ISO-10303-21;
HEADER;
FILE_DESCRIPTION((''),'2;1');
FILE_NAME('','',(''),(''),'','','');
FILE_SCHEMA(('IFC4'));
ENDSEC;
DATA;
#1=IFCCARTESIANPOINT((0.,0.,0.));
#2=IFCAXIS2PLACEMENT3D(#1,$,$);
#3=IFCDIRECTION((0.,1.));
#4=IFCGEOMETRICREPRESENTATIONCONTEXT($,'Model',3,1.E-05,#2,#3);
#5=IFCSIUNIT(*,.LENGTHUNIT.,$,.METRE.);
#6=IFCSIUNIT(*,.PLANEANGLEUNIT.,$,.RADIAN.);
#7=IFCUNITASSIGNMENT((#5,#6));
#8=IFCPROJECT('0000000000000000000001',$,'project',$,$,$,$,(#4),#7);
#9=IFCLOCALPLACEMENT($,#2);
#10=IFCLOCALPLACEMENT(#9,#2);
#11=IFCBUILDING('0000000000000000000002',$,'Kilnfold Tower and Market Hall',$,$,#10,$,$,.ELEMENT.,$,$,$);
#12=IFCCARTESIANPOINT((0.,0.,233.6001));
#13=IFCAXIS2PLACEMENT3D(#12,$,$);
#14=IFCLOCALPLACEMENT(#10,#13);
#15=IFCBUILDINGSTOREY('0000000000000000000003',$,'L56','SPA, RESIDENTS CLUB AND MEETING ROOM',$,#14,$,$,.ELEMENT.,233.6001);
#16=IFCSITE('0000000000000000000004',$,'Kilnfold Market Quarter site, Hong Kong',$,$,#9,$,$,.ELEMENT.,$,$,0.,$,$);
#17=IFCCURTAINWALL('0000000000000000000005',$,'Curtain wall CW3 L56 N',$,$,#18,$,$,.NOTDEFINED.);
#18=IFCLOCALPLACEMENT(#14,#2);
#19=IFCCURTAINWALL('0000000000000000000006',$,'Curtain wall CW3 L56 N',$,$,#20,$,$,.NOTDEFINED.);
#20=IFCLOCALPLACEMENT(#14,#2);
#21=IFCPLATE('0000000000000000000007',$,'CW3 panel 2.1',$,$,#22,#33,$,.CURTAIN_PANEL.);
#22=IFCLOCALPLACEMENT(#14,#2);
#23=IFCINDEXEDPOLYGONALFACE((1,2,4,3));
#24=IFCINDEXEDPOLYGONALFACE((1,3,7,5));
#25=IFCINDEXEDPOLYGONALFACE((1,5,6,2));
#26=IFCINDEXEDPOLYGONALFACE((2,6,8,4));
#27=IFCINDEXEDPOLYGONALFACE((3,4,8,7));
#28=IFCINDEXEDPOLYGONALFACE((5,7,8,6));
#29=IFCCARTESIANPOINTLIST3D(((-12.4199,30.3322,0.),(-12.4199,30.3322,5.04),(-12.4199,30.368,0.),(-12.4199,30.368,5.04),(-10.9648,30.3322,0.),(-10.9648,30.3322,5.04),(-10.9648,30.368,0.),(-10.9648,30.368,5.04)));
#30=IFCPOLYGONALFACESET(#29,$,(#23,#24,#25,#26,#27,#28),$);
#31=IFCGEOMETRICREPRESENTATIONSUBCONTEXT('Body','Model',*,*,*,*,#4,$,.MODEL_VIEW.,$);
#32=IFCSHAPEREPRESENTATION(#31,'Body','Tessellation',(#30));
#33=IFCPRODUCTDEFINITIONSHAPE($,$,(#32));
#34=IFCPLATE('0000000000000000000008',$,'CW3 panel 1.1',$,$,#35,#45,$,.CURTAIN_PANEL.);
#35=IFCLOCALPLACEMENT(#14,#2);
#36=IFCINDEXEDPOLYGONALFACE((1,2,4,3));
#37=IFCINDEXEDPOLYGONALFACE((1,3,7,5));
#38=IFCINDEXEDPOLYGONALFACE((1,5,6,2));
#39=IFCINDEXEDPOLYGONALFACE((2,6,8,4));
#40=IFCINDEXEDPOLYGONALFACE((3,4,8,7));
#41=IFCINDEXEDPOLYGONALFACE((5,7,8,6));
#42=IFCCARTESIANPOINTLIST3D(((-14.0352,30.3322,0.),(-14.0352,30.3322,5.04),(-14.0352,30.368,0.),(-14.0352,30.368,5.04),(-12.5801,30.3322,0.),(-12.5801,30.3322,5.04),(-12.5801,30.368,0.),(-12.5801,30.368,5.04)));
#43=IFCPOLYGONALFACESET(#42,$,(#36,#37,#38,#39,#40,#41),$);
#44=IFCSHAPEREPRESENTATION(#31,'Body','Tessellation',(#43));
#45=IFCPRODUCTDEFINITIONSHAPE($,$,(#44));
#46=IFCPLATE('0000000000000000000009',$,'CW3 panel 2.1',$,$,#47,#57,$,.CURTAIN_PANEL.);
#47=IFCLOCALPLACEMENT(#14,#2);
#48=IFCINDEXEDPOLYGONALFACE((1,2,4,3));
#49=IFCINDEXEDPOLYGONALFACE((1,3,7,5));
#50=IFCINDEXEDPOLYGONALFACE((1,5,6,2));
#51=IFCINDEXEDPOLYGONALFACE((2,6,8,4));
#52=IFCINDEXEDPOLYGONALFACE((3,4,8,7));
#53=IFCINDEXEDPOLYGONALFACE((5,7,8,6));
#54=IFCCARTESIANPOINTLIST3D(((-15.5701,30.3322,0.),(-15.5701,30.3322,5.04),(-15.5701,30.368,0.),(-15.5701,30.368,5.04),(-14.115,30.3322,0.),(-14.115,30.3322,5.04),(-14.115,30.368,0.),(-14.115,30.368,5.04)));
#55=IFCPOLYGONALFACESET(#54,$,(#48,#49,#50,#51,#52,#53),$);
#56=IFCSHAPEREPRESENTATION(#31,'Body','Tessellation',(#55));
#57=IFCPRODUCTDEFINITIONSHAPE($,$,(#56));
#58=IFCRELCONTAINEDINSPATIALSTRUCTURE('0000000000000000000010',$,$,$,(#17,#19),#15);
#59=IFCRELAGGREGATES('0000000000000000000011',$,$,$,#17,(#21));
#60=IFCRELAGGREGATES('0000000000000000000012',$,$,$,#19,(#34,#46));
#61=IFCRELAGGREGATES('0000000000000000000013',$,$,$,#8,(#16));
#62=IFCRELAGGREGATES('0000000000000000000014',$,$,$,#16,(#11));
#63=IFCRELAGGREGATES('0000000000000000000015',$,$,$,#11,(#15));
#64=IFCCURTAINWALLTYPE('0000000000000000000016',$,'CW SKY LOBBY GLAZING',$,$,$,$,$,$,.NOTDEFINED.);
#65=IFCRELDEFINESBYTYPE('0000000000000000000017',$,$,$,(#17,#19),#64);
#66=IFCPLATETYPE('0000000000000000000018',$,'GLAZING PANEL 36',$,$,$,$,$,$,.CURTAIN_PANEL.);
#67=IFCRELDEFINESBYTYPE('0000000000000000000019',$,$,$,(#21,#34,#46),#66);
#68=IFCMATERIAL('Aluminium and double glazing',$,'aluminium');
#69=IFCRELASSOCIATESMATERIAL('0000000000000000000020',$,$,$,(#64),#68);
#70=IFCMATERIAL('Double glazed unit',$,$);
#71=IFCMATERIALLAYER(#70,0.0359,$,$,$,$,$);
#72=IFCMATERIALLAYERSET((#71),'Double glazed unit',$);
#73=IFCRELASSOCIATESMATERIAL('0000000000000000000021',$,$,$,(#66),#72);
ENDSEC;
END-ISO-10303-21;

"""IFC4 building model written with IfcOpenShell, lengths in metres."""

from ifc_helpers import new_model, si_unit, direction, frame, origin, origin_2d, place, context, subcontext, project, spatial, rectangle, extrude, source, transform, mapped, material, layer, layer_set, type_object, element, aggregate, save


model = new_model("IFC4")

# Units and contexts
model_context = context("Model", 3, precision=1e-05, world=origin(), true_north=direction((0.0, 1.0)))
body_context = subcontext(model_context, "Body", "Model", "MODEL_VIEW")
ifc_project = project(units=[si_unit("LENGTHUNIT", "METRE"), si_unit("PLANEANGLEUNIT", "RADIAN")], contexts=[model_context])

# Site, building, storey
site_placement = place(None, origin())
site = spatial("IfcSite", under=ifc_project, at=site_placement, Name="Kilnfold Market Quarter site, Hong Kong", CompositionType="ELEMENT", RefElevation=0.0)
building_placement = place(site_placement, origin())
building = spatial("IfcBuilding", under=site, at=building_placement, Name="Kilnfold Tower and Market Hall", CompositionType="ELEMENT")
storey_placement = place(building_placement, frame((0.0, 0.0, 233.6001)))
storey = spatial("IfcBuildingStorey", under=building, at=storey_placement, Name="L56", Description="SPA, RESIDENTS CLUB AND MEETING ROOM", CompositionType="ELEMENT", Elevation=233.6001)

# Curtain walls
ifc_material_1 = material(Name="Aluminium and double glazing", Category="aluminium")
curtain_wall_type = type_object("IfcCurtainWallType", Name="CW SKY LOBBY GLAZING", PredefinedType="NOTDEFINED", material=ifc_material_1)
curtain_wall_1_placement = place(storey_placement, origin())
curtain_wall_1 = element("IfcCurtainWall", 1, at=curtain_wall_1_placement, inside=storey, type_object=curtain_wall_type, Name="Curtain wall CW3 L56 N", PredefinedType="NOTDEFINED")
curtain_wall_2_placement = place(storey_placement, origin())
curtain_wall_2 = element("IfcCurtainWall", 2, at=curtain_wall_2_placement, inside=storey, type_object=curtain_wall_type, Name="Curtain wall CW3 L56 N", PredefinedType="NOTDEFINED")

# Plates
ifc_material_2 = material(Name="Double glazed unit")
ifc_layer = layer(ifc_material_2, 0.0359)
ifc_layer_set = layer_set([ifc_layer], Name="Double glazed unit")
plate_type = type_object("IfcPlateType", Name="GLAZING PANEL 36", PredefinedType="CURTAIN_PANEL", material=ifc_layer_set)
shared_shape_1 = source(origin(), body_context, "Body", "SweptSolid", [
    extrude(rectangle(XDim=1.4551, YDim=0.0359, at=origin_2d()), origin(), (0.0, 0.0, 1.0), 5.04),
])
plate_1_placement = place(storey_placement, frame((-11.6924, 30.3501, 0.0), z_axis=(0.0, 0.0, 1.0), x_axis=(-1.0, 0.0, 0.0)))
plate_1 = element("IfcPlate", 3, at=plate_1_placement, type_object=plate_type, Name="CW3 panel 2.1", PredefinedType="CURTAIN_PANEL", context=body_context, shape_type="MappedRepresentation", body=[
    mapped(shared_shape_1, transform((0.0, 0.0, 0.0))),
])
aggregate(curtain_wall_1, [plate_1])
plate_2_placement = place(storey_placement, frame((-13.3076, 30.3501, 0.0), z_axis=(0.0, 0.0, 1.0), x_axis=(-1.0, 0.0, 0.0)))
plate_2 = element("IfcPlate", 4, at=plate_2_placement, type_object=plate_type, Name="CW3 panel 1.1", PredefinedType="CURTAIN_PANEL", context=body_context, shape_type="MappedRepresentation", body=[
    mapped(shared_shape_1, transform((0.0, 0.0, 0.0))),
])
plate_3_placement = place(storey_placement, frame((-14.8425, 30.3501, 0.0), z_axis=(0.0, 0.0, 1.0), x_axis=(-1.0, 0.0, 0.0)))
plate_3 = element("IfcPlate", 5, at=plate_3_placement, type_object=plate_type, Name="CW3 panel 2.1", PredefinedType="CURTAIN_PANEL", context=body_context, shape_type="MappedRepresentation", body=[
    mapped(shared_shape_1, transform((0.0, 0.0, 0.0))),
])
aggregate(curtain_wall_2, [plate_2, plate_3])

save(model, "model.ifc")
